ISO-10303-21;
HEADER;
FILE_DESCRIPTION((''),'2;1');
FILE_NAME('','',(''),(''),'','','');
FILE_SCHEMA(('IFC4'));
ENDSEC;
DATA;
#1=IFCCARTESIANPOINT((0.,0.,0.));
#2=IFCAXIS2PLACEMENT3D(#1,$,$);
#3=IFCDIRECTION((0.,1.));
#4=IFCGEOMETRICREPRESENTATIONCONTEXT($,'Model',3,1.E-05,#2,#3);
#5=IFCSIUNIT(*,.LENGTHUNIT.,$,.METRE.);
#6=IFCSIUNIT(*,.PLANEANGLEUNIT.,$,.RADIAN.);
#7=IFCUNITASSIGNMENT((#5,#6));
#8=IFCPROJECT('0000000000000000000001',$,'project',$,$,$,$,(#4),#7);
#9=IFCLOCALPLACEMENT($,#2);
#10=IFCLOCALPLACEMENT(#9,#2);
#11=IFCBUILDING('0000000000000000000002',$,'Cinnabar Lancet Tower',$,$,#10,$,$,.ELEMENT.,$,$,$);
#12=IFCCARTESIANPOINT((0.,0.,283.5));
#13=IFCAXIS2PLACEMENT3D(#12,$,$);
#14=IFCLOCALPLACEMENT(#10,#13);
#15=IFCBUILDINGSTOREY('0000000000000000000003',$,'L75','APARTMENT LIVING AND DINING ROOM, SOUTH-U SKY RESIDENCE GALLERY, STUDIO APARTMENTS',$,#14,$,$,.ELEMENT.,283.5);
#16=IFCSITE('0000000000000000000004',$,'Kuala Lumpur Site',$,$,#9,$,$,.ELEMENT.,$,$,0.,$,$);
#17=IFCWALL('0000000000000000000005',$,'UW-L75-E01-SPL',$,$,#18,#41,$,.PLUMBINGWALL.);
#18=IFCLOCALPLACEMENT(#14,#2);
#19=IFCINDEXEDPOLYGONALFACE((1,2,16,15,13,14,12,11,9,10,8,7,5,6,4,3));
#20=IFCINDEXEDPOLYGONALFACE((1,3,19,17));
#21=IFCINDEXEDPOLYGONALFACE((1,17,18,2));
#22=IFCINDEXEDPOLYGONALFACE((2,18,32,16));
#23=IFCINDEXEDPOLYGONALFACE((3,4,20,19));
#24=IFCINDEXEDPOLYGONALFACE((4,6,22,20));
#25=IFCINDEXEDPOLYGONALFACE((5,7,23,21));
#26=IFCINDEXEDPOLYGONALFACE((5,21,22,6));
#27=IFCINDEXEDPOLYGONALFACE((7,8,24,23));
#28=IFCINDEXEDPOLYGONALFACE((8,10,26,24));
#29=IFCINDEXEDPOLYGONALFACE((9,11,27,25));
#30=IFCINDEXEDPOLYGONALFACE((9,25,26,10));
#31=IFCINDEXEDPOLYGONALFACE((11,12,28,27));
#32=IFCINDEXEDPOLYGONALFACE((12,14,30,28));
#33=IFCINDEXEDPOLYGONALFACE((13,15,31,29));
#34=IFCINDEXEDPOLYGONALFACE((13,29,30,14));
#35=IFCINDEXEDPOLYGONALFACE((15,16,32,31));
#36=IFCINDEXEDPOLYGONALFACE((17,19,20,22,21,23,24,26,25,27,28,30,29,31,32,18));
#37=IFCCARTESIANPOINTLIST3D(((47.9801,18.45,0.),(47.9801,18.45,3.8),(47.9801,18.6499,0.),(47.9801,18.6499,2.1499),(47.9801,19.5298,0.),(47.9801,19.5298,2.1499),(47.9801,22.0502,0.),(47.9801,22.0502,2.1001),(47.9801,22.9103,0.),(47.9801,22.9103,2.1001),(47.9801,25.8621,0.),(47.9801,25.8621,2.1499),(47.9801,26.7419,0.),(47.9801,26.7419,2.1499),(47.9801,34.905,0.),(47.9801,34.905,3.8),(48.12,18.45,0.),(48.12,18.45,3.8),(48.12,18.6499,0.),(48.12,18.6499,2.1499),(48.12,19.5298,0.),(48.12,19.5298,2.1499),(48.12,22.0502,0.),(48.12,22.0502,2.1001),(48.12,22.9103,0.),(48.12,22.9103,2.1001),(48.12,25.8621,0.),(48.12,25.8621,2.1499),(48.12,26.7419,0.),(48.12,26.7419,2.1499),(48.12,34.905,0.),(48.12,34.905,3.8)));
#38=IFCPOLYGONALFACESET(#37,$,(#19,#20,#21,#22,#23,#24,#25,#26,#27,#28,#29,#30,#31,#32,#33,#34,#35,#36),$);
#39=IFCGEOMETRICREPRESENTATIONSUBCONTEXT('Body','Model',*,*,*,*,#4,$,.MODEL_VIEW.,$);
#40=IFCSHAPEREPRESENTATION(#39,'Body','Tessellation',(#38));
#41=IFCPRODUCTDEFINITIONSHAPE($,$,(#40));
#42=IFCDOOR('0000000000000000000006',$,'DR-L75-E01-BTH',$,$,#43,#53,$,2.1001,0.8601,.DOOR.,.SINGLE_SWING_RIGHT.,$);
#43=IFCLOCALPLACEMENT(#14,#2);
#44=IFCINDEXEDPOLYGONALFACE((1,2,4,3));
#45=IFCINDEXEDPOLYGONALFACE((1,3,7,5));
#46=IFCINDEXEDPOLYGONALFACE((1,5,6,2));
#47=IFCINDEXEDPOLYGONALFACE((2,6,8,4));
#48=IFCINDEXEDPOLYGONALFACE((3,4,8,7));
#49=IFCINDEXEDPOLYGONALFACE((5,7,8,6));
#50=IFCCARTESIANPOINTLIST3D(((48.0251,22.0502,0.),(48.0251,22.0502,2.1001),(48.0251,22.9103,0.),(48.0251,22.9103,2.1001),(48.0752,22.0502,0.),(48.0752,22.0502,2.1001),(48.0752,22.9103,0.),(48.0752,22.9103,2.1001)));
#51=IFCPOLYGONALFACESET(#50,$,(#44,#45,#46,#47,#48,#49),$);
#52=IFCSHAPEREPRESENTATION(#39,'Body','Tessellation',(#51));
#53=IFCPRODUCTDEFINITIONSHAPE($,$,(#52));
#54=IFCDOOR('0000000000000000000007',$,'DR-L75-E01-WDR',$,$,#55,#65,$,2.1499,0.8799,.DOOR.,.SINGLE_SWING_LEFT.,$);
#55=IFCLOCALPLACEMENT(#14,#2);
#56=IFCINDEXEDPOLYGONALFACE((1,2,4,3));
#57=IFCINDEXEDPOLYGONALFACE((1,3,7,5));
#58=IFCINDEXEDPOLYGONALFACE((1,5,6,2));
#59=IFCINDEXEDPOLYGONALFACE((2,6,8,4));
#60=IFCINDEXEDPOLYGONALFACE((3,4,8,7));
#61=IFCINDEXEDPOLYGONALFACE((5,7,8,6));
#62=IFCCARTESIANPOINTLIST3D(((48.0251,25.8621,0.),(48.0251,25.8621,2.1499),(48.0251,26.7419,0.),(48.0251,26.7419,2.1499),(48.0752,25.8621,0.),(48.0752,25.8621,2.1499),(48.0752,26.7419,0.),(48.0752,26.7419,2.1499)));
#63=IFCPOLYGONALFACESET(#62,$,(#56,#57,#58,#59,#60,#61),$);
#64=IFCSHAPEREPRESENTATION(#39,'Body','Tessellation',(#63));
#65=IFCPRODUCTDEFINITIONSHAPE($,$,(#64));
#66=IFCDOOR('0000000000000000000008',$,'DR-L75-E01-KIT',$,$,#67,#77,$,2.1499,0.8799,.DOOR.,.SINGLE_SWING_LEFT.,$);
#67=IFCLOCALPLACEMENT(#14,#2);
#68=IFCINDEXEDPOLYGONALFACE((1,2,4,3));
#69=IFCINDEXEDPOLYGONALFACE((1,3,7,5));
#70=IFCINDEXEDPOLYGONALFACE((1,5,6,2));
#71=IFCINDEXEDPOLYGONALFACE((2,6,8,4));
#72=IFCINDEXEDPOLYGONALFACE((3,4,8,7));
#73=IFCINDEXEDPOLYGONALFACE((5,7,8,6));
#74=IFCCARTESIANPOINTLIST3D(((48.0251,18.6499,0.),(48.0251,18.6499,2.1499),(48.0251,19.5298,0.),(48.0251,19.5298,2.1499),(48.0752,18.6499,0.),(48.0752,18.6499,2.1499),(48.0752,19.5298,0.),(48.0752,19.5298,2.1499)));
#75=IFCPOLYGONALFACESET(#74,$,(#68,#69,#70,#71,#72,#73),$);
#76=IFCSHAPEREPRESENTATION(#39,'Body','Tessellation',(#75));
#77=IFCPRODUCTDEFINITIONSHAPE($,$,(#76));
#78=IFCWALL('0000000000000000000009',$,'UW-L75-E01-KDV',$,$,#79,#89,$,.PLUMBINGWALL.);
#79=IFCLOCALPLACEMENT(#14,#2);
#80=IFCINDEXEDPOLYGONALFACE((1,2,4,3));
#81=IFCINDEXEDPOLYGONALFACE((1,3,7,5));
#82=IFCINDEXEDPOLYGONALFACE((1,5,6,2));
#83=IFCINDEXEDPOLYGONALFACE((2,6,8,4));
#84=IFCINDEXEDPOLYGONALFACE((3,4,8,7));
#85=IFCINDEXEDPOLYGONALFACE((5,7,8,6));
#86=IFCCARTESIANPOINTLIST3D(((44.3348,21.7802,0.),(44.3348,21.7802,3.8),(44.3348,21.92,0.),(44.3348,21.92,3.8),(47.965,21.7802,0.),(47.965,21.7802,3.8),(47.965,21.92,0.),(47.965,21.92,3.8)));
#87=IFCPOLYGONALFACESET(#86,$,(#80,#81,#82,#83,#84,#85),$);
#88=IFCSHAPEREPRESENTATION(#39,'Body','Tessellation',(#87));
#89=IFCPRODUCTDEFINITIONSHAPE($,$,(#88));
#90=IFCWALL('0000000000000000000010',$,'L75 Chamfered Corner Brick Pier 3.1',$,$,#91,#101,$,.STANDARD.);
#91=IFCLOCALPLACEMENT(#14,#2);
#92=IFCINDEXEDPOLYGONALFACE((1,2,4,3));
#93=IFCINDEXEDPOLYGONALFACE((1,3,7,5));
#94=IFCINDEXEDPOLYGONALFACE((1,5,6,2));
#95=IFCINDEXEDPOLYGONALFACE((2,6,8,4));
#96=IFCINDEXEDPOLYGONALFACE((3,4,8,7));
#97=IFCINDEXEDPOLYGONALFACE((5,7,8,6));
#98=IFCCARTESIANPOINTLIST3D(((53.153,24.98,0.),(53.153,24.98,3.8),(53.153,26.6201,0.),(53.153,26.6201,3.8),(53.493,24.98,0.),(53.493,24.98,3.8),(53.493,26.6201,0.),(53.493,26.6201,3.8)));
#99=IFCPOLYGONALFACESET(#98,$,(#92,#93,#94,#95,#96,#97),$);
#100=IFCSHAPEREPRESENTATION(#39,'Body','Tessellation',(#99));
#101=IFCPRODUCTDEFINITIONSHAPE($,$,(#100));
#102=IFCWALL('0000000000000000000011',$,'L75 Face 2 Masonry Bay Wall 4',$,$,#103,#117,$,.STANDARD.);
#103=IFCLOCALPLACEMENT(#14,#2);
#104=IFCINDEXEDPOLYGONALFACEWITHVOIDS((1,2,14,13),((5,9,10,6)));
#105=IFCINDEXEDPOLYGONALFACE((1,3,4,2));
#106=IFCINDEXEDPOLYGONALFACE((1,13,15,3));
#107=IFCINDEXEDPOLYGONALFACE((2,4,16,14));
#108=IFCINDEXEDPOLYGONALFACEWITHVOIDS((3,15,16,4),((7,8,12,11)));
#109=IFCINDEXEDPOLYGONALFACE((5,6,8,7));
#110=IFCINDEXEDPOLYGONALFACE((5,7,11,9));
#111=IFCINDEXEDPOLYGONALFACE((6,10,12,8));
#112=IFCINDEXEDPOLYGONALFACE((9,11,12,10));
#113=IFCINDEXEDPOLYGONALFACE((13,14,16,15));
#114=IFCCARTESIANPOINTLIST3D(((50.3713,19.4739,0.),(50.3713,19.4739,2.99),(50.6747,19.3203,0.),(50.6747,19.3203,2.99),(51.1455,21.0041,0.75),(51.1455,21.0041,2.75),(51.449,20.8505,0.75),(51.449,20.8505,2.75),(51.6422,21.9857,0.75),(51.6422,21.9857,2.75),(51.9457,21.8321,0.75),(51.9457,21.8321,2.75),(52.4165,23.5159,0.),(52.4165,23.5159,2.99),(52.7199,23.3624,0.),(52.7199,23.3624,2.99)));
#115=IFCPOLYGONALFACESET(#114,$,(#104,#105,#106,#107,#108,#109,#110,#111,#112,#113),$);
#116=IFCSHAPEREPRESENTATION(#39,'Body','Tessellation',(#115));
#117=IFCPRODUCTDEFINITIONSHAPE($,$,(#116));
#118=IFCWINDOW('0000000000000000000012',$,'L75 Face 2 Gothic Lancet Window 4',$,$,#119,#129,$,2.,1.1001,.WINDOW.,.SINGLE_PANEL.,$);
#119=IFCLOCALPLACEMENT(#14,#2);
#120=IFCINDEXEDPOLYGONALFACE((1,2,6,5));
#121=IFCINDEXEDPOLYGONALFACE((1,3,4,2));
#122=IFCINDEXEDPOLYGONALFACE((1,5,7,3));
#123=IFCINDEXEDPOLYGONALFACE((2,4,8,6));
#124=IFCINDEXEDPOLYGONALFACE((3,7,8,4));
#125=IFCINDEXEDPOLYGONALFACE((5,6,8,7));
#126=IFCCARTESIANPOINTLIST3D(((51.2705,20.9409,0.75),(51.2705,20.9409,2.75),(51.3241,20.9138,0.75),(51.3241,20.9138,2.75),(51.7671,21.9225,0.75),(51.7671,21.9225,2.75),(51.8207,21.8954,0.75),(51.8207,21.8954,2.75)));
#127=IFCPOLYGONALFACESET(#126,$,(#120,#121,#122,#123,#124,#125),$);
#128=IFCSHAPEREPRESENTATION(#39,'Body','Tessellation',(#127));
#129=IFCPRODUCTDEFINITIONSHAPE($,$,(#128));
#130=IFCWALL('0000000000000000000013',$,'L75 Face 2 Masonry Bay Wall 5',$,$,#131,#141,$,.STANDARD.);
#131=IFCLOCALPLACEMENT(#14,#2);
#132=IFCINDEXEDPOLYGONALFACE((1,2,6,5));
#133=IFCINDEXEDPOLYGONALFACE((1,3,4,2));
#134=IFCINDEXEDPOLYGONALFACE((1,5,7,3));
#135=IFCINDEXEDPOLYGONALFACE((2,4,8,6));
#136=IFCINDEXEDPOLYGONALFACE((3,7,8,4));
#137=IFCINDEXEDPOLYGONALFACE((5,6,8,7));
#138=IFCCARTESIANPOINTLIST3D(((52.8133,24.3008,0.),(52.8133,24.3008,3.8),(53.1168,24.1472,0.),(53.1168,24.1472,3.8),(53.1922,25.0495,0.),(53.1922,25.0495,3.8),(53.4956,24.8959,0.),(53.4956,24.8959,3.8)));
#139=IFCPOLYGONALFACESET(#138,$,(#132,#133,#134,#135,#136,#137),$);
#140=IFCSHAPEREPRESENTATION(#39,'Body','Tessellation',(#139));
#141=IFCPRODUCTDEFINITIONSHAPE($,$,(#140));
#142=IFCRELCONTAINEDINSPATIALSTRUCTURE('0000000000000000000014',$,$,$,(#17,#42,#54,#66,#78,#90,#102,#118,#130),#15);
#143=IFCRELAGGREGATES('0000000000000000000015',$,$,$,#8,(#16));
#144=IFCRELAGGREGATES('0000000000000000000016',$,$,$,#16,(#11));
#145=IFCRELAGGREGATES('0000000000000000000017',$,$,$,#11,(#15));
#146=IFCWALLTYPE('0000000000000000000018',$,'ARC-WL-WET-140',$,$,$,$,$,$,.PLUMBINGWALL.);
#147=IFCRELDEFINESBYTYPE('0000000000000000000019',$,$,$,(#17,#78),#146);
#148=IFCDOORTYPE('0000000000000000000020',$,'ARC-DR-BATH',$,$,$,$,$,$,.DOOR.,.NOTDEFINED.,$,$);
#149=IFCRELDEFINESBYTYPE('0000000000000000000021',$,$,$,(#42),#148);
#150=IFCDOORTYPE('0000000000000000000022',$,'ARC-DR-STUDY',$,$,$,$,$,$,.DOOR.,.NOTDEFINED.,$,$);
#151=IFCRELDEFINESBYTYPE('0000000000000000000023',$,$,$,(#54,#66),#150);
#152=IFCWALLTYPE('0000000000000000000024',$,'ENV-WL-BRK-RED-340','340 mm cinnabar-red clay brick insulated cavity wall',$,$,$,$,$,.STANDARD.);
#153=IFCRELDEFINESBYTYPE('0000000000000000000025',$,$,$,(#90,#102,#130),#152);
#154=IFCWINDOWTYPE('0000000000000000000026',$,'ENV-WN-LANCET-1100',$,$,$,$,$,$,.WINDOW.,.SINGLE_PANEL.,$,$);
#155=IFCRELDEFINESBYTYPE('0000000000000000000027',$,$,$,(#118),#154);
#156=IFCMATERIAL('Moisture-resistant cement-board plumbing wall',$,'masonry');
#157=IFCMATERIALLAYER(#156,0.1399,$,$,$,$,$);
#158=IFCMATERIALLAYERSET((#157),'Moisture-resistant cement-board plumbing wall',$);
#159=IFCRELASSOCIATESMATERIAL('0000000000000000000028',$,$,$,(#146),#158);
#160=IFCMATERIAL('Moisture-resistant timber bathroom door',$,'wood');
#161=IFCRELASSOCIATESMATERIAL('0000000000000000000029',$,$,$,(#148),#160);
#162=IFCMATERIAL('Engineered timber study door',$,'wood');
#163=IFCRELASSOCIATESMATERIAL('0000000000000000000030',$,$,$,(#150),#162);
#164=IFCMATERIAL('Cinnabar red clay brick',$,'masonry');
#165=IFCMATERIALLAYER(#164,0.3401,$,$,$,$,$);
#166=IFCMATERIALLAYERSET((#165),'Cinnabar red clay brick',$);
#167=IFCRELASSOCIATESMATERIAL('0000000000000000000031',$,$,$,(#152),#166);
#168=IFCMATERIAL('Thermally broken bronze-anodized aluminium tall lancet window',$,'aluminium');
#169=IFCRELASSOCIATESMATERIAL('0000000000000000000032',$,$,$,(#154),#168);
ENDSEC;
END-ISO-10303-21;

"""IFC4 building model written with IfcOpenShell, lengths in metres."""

from ifc_helpers import new_model, si_unit, direction, frame, frame_2d, origin, place, context, subcontext, project, spatial, rectangle, extrude, material, layer, layer_set, type_object, element, fill, save


model = new_model("IFC4")

# Units and contexts
model_context = context("Model", 3, precision=1e-05, world=origin(), true_north=direction((0.0, 1.0)))
body_context = subcontext(model_context, "Body", "Model", "MODEL_VIEW")
ifc_project = project(units=[si_unit("LENGTHUNIT", "METRE"), si_unit("PLANEANGLEUNIT", "RADIAN")], contexts=[model_context])

# Site, building, storey
site_placement = place(None, origin())
site = spatial("IfcSite", under=ifc_project, at=site_placement, Name="Kuala Lumpur Site", CompositionType="ELEMENT", RefElevation=0.0)
building_placement = place(site_placement, origin())
building = spatial("IfcBuilding", under=site, at=building_placement, Name="Cinnabar Lancet Tower", CompositionType="ELEMENT")
storey_placement = place(building_placement, frame((0.0, 0.0, 283.5)))
storey = spatial("IfcBuildingStorey", under=building, at=storey_placement, Name="L75", Description="APARTMENT LIVING AND DINING ROOM, SOUTH-U SKY RESIDENCE GALLERY, STUDIO APARTMENTS", CompositionType="ELEMENT", Elevation=283.5)

# Wall, openings, doors
ifc_material_1 = material(Name="Moisture-resistant cement-board plumbing wall", Category="masonry")
ifc_layer_1 = layer(ifc_material_1, 0.1399)
ifc_layer_set_1 = layer_set([ifc_layer_1], Name="Moisture-resistant cement-board plumbing wall")
wall_type_1 = type_object("IfcWallType", Name="ARC-WL-WET-140", PredefinedType="PLUMBINGWALL", material=ifc_layer_set_1)
wall_1_placement = place(storey_placement, frame((48.05, 18.45, 0.0), z_axis=(0.0, 0.0, 1.0), x_axis=(0.0, 1.0, 0.0)))
wall_1 = element("IfcWall", 1, at=wall_1_placement, inside=storey, type_object=wall_type_1, Name="UW-L75-E01-SPL", PredefinedType="PLUMBINGWALL", context=body_context, shape_type="SweptSolid", body=[
    extrude(rectangle(XDim=16.4551, YDim=0.1399, at=frame_2d((8.2275, 0.0))), origin(), (0.0, 0.0, 1.0), 3.8),
])
opening_1_placement = place(wall_1_placement, frame((3.6001, 0.0, 0.0)))
opening_1 = element("IfcOpeningElement", 2, at=opening_1_placement, cuts=wall_1, PredefinedType="OPENING", context=body_context, shape_type="SweptSolid", body=[
    extrude(rectangle(XDim=0.8601, YDim=2.1001, at=frame_2d((0.4302, 1.05))), frame((0.0, 0.0798, 0.0), z_axis=(0.0, -1.0, 0.0), x_axis=(1.0, 0.0, 0.0)), (0.0, 0.0, 1.0), 0.1599),
])
opening_2_placement = place(wall_1_placement, frame((7.4121, 0.0, 0.0)))
opening_2 = element("IfcOpeningElement", 3, at=opening_2_placement, cuts=wall_1, PredefinedType="OPENING", context=body_context, shape_type="SweptSolid", body=[
    extrude(rectangle(XDim=0.8799, YDim=2.1499, at=frame_2d((0.4399, 1.075))), frame((0.0, 0.0798, 0.0), z_axis=(0.0, -1.0, 0.0), x_axis=(1.0, 0.0, 0.0)), (0.0, 0.0, 1.0), 0.1599),
])
opening_3_placement = place(wall_1_placement, frame((0.2, 0.0, 0.0)))
opening_3 = element("IfcOpeningElement", 4, at=opening_3_placement, cuts=wall_1, PredefinedType="OPENING", context=body_context, shape_type="SweptSolid", body=[
    extrude(rectangle(XDim=0.8799, YDim=2.1499, at=frame_2d((0.4399, 1.075))), frame((0.0, 0.0798, 0.0), z_axis=(0.0, -1.0, 0.0), x_axis=(1.0, 0.0, 0.0)), (0.0, 0.0, 1.0), 0.1599),
])
ifc_material_2 = material(Name="Moisture-resistant timber bathroom door", Category="wood")
door_type_1 = type_object("IfcDoorType", Name="ARC-DR-BATH", OperationType="NOTDEFINED", PredefinedType="DOOR", material=ifc_material_2)
door_1_placement = place(opening_1_placement, origin())
door_1 = element("IfcDoor", 5, at=door_1_placement, inside=storey, type_object=door_type_1, Name="DR-L75-E01-BTH", OperationType="SINGLE_SWING_RIGHT", OverallHeight=2.1001, OverallWidth=0.8601, PredefinedType="DOOR", context=body_context, shape_type="SweptSolid", body=[
    extrude(rectangle(XDim=0.8601, YDim=2.1001, at=frame_2d((0.4302, 1.05))), frame((0.0, 0.0249, 0.0), z_axis=(0.0, -1.0, 0.0), x_axis=(1.0, 0.0, 0.0)), (0.0, 0.0, 1.0), 0.05),
])
fill(opening_1, door_1)
ifc_material_3 = material(Name="Engineered timber study door", Category="wood")
door_type_2 = type_object("IfcDoorType", Name="ARC-DR-STUDY", OperationType="NOTDEFINED", PredefinedType="DOOR", material=ifc_material_3)
door_2_placement = place(opening_2_placement, origin())
door_2 = element("IfcDoor", 6, at=door_2_placement, inside=storey, type_object=door_type_2, Name="DR-L75-E01-WDR", OperationType="SINGLE_SWING_LEFT", OverallHeight=2.1499, OverallWidth=0.8799, PredefinedType="DOOR", context=body_context, shape_type="SweptSolid", body=[
    extrude(rectangle(XDim=0.8799, YDim=2.1499, at=frame_2d((0.4399, 1.075))), frame((0.0, 0.0249, 0.0), z_axis=(0.0, -1.0, 0.0), x_axis=(1.0, 0.0, 0.0)), (0.0, 0.0, 1.0), 0.05),
])
fill(opening_2, door_2)
door_3_placement = place(opening_3_placement, origin())
door_3 = element("IfcDoor", 7, at=door_3_placement, inside=storey, type_object=door_type_2, Name="DR-L75-E01-KIT", OperationType="SINGLE_SWING_LEFT", OverallHeight=2.1499, OverallWidth=0.8799, PredefinedType="DOOR", context=body_context, shape_type="SweptSolid", body=[
    extrude(rectangle(XDim=0.8799, YDim=2.1499, at=frame_2d((0.4399, 1.075))), frame((0.0, 0.0249, 0.0), z_axis=(0.0, -1.0, 0.0), x_axis=(1.0, 0.0, 0.0)), (0.0, 0.0, 1.0), 0.05),
])
fill(opening_3, door_3)

# Walls
wall_2_placement = place(storey_placement, frame((44.335, 21.8501, 0.0), z_axis=(0.0, 0.0, 1.0), x_axis=(1.0, 0.0, 0.0)))
element("IfcWall", 8, at=wall_2_placement, inside=storey, type_object=wall_type_1, Name="UW-L75-E01-KDV", PredefinedType="PLUMBINGWALL", context=body_context, shape_type="SweptSolid", body=[
    extrude(rectangle(XDim=3.6301, YDim=0.1399, at=frame_2d((1.8149, 0.0))), origin(), (0.0, 0.0, 1.0), 3.8),
])
ifc_material_4 = material(Name="Cinnabar red clay brick", Category="masonry")
ifc_layer_2 = layer(ifc_material_4, 0.3401)
ifc_layer_set_2 = layer_set([ifc_layer_2], Name="Cinnabar red clay brick")
wall_type_2 = type_object("IfcWallType", Name="ENV-WL-BRK-RED-340", Description="340 mm cinnabar-red clay brick insulated cavity wall", PredefinedType="STANDARD", material=ifc_layer_set_2)
wall_3_placement = place(storey_placement, frame((53.323, 24.98, 0.0), z_axis=(0.0, 0.0, 1.0), x_axis=(0.0, 1.0, 0.0)))
element("IfcWall", 9, at=wall_3_placement, inside=storey, type_object=wall_type_2, Name="L75 Chamfered Corner Brick Pier 3.1", PredefinedType="STANDARD", context=body_context, shape_type="SweptSolid", body=[
    extrude(rectangle(XDim=1.6401, YDim=0.3401, at=frame_2d((0.8201, 0.0))), origin(), (0.0, 0.0, 1.0), 3.8),
])

# Wall, opening, window
wall_4_placement = place(storey_placement, frame((50.5229, 19.397, 0.0), z_axis=(0.0, 0.0, 1.0), x_axis=(0.451477, 0.892283, 0.0)))
wall_4 = element("IfcWall", 10, at=wall_4_placement, inside=storey, type_object=wall_type_2, Name="L75 Face 2 Masonry Bay Wall 4", PredefinedType="STANDARD", context=body_context, shape_type="SweptSolid", body=[
    extrude(rectangle(XDim=4.53, YDim=0.3401, at=frame_2d((2.2651, 0.0))), origin(), (0.0, 0.0, 1.0), 2.99),
])
opening_4_placement = place(wall_4_placement, frame((1.7151, 0.0, 0.75)))
opening_4 = element("IfcOpeningElement", 11, at=opening_4_placement, cuts=wall_4, PredefinedType="OPENING", context=body_context, shape_type="SweptSolid", body=[
    extrude(rectangle(XDim=1.1001, YDim=2.0, at=frame_2d((0.55, 1.0))), frame((0.0, 0.1799, 0.0), z_axis=(0.0, -1.0, 0.0), x_axis=(1.0, 0.0, 0.0)), (0.0, 0.0, 1.0), 0.3601),
])
ifc_material_5 = material(Name="Thermally broken bronze-anodized aluminium tall lancet window", Category="aluminium")
window_type = type_object("IfcWindowType", Name="ENV-WN-LANCET-1100", PartitioningType="SINGLE_PANEL", PredefinedType="WINDOW", material=ifc_material_5)
window_placement = place(opening_4_placement, origin())
window = element("IfcWindow", 12, at=window_placement, inside=storey, type_object=window_type, Name="L75 Face 2 Gothic Lancet Window 4", OverallHeight=2.0, OverallWidth=1.1001, PartitioningType="SINGLE_PANEL", PredefinedType="WINDOW", context=body_context, shape_type="SweptSolid", body=[
    extrude(rectangle(XDim=1.1001, YDim=2.0, at=frame_2d((0.55, 1.0))), frame((0.0, 0.03, 0.0), z_axis=(0.0, -1.0, 0.0), x_axis=(1.0, 0.0, 0.0)), (0.0, 0.0, 1.0), 0.0601),
])
fill(opening_4, window)

# Wall
wall_5_placement = place(storey_placement, frame((52.9651, 24.2241, 0.0), z_axis=(0.0, 0.0, 1.0), x_axis=(0.451514, 0.892264, 0.0)))
element("IfcWall", 13, at=wall_5_placement, inside=storey, type_object=wall_type_2, Name="L75 Face 2 Masonry Bay Wall 5", PredefinedType="STANDARD", context=body_context, shape_type="SweptSolid", body=[
    extrude(rectangle(XDim=0.8391, YDim=0.3401, at=frame_2d((0.4194, 0.0))), origin(), (0.0, 0.0, 1.0), 3.8),
])

save(model, "model.ifc")
